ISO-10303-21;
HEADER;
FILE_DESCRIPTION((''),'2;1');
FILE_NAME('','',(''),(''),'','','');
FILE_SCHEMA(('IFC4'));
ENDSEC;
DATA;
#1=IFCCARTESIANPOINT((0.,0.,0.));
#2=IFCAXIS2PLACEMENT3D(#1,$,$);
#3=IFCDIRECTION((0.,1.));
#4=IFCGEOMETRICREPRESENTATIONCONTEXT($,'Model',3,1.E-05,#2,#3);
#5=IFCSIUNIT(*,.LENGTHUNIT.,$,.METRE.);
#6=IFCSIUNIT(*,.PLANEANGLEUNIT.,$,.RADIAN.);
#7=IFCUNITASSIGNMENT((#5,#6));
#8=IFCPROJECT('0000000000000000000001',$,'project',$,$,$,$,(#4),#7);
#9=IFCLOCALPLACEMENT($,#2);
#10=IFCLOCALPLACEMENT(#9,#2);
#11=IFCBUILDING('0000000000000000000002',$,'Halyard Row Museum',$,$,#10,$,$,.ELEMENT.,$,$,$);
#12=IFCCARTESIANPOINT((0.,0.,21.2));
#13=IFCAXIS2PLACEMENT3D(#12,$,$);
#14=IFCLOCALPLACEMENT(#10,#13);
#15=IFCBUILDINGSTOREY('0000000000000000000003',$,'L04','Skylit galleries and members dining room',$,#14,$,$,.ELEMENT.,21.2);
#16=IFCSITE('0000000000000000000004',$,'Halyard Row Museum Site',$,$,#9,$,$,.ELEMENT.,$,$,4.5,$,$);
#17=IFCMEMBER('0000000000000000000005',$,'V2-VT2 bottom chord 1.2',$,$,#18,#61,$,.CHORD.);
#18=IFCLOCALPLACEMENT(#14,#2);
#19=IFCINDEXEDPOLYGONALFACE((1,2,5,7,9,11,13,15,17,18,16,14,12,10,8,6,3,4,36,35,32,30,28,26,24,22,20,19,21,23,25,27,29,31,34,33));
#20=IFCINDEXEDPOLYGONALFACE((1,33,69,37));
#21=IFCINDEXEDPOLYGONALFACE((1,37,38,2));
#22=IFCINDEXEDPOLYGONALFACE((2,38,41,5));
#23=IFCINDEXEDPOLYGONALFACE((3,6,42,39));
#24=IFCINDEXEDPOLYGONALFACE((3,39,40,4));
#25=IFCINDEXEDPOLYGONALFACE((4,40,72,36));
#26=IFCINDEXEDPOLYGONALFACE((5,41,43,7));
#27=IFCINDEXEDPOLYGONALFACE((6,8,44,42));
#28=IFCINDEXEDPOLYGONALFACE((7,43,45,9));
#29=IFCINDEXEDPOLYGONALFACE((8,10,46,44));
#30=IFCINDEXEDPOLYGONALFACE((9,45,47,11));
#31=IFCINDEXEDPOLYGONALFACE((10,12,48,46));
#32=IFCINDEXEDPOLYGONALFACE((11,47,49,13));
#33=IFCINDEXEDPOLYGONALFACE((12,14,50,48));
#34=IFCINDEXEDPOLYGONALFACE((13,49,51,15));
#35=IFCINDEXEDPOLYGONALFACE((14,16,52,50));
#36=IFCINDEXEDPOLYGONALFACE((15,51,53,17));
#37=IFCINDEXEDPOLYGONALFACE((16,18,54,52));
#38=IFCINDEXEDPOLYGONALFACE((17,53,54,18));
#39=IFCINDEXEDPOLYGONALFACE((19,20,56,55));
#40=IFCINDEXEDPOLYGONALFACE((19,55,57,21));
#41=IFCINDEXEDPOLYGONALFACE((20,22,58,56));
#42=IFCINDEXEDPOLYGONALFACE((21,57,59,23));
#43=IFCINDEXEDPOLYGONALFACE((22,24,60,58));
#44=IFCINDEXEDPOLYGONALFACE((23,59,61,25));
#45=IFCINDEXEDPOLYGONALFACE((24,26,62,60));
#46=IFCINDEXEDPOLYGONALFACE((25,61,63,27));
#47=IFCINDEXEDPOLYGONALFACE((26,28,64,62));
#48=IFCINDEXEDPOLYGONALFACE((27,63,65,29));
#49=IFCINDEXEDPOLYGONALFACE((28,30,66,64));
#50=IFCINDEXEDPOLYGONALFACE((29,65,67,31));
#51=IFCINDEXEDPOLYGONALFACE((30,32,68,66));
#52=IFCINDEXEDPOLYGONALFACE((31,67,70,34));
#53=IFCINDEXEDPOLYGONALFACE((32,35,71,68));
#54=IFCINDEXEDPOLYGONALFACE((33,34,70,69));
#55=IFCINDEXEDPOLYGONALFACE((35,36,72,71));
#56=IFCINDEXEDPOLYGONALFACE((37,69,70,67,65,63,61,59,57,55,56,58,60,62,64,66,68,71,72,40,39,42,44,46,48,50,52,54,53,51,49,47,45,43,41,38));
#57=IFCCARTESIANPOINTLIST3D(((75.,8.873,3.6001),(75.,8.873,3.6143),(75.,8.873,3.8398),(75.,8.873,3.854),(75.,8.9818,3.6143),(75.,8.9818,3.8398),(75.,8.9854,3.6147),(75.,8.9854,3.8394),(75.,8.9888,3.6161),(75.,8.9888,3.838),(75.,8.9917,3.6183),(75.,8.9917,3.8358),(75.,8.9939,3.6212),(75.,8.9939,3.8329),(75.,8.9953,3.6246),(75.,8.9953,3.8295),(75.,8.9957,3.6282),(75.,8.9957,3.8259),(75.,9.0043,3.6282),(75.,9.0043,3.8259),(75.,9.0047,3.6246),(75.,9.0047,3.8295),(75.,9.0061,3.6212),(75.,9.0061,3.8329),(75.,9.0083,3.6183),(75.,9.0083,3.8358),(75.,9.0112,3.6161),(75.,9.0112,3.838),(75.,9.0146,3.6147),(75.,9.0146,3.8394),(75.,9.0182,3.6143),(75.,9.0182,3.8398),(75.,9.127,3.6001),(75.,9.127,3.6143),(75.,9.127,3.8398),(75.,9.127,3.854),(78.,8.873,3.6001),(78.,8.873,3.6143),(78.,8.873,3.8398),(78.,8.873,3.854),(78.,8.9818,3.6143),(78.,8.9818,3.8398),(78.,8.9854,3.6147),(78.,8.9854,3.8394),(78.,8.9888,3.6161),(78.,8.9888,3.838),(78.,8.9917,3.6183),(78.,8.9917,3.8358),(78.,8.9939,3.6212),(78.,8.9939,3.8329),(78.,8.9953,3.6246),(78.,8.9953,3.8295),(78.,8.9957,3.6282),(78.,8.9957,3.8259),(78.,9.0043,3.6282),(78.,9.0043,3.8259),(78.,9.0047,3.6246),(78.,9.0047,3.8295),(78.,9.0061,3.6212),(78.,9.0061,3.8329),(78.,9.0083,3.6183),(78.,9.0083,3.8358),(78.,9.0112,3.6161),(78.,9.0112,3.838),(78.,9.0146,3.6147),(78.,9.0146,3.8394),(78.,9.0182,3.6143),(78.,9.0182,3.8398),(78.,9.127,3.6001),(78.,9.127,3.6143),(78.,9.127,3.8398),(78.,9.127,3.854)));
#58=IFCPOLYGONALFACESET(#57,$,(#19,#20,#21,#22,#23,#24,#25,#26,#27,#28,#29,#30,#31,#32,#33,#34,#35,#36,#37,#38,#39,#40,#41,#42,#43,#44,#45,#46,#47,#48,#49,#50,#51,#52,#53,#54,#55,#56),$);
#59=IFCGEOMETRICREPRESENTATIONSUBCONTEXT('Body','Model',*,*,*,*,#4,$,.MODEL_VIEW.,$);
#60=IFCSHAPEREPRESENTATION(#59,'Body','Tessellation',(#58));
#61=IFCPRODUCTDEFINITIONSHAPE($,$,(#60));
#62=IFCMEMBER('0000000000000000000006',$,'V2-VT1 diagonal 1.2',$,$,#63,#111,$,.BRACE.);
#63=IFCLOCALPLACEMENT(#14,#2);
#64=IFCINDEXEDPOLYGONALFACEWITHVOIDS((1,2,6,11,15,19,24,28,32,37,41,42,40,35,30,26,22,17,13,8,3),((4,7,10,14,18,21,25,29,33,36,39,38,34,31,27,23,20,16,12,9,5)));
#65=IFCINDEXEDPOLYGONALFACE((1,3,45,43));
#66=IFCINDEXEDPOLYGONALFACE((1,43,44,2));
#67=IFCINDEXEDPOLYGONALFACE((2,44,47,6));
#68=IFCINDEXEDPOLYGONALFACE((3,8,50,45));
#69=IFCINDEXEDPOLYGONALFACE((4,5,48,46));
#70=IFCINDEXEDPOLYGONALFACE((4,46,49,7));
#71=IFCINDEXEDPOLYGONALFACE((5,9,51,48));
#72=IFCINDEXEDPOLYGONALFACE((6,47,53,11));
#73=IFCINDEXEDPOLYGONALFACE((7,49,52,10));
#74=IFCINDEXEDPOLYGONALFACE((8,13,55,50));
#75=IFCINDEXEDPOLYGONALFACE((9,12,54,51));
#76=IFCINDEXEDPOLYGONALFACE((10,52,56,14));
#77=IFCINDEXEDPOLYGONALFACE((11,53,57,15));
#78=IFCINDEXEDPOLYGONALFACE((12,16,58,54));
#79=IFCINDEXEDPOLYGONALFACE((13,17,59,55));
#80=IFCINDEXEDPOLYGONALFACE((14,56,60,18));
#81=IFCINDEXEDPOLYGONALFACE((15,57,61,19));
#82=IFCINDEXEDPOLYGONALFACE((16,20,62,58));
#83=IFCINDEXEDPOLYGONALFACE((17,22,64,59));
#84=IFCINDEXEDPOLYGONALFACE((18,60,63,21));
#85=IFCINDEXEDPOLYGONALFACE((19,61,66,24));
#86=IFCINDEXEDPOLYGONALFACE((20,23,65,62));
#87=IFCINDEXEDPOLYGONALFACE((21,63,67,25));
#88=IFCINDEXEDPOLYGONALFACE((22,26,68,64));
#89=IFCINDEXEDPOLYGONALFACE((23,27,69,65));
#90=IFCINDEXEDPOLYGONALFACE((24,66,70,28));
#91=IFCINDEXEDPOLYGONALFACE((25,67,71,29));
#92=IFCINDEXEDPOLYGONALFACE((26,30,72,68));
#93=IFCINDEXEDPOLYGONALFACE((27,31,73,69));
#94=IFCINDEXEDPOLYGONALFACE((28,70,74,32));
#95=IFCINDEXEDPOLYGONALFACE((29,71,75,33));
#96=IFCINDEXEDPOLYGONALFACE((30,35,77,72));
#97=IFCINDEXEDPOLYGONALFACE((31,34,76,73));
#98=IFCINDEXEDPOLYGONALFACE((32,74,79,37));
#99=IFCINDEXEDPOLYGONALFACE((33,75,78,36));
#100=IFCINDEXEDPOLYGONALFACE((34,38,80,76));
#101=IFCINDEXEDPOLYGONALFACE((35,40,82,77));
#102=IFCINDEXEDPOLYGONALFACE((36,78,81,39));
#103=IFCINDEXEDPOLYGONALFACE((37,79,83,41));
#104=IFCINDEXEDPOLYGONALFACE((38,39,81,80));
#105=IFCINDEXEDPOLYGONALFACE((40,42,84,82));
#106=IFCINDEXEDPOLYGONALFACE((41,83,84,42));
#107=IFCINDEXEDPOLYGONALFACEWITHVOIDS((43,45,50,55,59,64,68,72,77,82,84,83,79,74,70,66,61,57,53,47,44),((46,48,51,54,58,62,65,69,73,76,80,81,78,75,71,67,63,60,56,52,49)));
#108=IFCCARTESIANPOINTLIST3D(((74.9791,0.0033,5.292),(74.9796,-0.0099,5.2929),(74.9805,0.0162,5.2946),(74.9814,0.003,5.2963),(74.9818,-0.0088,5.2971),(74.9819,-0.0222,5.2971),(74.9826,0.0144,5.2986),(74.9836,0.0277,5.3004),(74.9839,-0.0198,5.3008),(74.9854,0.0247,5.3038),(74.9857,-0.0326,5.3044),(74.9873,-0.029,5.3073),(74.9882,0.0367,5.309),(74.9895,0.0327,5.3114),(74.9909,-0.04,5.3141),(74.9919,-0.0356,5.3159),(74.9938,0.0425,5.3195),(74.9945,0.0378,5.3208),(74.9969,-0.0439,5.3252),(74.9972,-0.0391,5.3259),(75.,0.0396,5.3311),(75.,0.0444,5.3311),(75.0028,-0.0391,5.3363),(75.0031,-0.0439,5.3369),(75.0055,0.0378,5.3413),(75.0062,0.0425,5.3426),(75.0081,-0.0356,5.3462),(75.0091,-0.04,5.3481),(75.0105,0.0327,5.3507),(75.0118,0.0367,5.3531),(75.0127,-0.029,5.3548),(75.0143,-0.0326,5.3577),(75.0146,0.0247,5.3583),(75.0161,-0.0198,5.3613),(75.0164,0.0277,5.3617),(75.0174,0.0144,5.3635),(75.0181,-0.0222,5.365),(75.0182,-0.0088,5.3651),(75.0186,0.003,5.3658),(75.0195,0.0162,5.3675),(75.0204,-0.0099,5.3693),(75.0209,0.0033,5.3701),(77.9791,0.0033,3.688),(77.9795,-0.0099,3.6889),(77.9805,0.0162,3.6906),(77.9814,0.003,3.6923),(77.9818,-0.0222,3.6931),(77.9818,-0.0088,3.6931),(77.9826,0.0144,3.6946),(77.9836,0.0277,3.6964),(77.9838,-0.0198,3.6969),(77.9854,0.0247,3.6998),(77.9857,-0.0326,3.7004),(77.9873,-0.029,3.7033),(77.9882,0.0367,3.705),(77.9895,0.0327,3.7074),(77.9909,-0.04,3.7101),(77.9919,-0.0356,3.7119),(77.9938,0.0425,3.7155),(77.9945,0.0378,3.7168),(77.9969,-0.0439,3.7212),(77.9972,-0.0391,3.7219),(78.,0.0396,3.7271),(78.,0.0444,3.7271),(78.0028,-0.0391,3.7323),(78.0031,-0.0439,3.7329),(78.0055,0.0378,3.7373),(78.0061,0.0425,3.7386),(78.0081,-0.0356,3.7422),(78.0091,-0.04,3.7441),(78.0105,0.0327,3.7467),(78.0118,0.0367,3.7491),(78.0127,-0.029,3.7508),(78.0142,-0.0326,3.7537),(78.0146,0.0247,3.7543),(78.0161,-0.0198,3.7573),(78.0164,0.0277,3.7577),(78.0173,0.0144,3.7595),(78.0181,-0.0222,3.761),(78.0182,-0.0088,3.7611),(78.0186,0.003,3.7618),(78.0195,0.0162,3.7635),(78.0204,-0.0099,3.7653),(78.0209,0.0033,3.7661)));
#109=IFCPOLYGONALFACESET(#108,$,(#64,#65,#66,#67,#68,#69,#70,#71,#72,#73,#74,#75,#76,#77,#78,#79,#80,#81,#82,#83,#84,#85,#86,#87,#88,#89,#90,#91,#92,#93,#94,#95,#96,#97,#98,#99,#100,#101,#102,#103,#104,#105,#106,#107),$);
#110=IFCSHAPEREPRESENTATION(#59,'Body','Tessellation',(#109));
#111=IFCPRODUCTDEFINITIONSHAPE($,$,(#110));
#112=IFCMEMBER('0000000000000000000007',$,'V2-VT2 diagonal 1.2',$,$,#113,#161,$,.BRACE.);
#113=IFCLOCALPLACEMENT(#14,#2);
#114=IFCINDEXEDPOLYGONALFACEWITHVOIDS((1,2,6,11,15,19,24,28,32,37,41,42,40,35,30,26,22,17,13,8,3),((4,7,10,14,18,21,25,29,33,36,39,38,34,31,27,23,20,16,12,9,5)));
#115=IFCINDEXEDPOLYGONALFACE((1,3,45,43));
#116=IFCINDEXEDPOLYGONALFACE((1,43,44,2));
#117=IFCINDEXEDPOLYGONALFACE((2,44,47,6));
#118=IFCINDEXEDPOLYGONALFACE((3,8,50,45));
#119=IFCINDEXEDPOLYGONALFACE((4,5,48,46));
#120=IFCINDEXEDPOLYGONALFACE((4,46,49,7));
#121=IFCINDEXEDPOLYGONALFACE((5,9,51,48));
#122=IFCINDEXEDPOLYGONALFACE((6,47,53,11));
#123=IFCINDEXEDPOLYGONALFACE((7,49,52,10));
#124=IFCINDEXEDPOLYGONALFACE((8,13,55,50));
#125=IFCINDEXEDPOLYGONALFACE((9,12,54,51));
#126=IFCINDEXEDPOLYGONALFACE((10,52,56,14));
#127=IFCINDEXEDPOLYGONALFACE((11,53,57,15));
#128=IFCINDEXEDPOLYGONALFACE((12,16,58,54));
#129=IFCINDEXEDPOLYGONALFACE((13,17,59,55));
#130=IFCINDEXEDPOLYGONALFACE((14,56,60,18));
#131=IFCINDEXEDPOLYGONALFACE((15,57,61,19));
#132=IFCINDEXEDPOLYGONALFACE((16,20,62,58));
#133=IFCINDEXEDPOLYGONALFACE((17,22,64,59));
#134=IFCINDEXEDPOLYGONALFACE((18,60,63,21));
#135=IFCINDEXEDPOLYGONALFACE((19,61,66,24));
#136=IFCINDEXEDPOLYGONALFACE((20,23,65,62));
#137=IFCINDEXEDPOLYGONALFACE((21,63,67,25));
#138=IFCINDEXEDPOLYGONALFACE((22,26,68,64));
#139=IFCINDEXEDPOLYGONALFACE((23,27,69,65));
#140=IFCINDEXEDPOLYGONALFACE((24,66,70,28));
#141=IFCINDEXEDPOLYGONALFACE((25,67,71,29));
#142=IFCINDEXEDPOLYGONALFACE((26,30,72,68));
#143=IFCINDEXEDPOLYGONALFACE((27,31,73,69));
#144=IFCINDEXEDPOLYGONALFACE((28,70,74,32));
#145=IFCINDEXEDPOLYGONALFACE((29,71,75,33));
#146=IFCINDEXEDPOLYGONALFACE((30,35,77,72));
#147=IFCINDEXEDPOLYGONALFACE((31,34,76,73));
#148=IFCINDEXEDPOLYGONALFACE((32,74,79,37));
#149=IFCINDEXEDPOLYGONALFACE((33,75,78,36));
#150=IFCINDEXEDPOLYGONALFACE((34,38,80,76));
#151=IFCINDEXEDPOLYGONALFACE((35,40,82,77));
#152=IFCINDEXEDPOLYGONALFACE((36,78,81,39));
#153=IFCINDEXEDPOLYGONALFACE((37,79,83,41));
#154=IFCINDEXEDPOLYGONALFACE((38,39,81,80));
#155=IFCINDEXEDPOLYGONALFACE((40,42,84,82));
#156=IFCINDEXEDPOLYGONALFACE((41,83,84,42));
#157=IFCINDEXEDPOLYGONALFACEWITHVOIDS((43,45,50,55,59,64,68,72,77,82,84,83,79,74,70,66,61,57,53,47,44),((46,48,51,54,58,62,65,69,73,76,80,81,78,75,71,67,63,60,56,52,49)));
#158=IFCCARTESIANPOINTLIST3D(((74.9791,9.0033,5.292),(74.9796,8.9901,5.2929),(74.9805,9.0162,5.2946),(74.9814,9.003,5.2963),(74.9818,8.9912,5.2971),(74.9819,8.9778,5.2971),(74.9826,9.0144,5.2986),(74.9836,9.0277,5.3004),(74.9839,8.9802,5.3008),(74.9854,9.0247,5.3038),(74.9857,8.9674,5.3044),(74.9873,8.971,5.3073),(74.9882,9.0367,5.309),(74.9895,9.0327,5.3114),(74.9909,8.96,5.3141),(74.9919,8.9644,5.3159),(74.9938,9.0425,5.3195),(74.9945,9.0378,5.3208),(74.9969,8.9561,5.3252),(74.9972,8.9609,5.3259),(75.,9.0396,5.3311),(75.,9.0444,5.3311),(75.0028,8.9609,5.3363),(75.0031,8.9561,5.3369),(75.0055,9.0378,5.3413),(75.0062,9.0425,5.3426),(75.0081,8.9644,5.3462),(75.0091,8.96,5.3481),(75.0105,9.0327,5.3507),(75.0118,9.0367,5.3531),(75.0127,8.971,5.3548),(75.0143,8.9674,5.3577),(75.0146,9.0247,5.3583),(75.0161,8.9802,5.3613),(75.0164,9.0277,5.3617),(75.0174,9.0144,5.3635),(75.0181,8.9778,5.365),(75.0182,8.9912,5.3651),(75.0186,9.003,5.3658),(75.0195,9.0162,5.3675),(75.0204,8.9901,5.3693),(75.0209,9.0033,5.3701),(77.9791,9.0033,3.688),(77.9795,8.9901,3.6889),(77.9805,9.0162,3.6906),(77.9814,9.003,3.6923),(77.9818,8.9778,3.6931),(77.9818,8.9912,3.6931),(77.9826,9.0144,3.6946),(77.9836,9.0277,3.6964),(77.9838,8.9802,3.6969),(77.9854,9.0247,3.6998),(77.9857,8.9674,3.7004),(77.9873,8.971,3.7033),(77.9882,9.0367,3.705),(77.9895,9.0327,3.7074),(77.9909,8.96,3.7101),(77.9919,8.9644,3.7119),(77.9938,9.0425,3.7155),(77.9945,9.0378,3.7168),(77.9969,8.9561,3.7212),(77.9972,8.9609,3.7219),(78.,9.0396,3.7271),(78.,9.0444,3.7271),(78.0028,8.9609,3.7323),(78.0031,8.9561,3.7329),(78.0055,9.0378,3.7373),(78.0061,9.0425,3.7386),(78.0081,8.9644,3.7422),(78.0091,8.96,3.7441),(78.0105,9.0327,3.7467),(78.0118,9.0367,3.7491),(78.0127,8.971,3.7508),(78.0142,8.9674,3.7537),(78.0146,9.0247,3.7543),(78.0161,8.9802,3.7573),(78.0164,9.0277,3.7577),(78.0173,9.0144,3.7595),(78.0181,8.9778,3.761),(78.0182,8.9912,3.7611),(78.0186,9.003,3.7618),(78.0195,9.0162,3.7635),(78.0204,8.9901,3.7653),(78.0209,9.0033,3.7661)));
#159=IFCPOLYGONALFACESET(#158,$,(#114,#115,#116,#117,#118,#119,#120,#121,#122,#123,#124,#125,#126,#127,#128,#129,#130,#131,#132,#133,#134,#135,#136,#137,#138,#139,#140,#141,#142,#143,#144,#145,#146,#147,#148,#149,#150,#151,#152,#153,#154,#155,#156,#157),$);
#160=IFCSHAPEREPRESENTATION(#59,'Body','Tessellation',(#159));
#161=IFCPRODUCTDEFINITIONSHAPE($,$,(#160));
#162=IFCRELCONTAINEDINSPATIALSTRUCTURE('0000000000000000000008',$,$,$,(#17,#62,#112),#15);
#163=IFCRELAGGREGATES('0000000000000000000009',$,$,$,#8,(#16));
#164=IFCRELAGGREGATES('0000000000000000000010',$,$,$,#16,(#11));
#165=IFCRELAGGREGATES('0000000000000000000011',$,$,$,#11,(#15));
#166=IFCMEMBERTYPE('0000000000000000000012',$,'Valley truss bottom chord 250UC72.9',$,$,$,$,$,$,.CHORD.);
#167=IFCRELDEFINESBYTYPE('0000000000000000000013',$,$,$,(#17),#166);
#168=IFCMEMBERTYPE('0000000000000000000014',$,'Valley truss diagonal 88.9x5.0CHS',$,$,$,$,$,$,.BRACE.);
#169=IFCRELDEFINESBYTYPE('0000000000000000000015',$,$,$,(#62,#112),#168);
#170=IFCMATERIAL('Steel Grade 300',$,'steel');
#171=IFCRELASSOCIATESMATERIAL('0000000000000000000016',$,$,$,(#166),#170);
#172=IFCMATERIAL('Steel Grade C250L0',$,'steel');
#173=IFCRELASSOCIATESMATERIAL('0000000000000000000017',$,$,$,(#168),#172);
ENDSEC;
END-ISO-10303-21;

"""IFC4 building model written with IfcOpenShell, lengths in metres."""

from ifc_helpers import new_model, si_unit, direction, frame, origin, origin_2d, place, context, subcontext, project, spatial, hollow_circle, i_section, extrude, material, material_profile, profile_set, type_object, element, save


model = new_model("IFC4")

# Units and contexts
model_context = context("Model", 3, precision=1e-05, world=origin(), true_north=direction((0.0, 1.0)))
body_context = subcontext(model_context, "Body", "Model", "MODEL_VIEW")
ifc_project = project(units=[si_unit("LENGTHUNIT", "METRE"), si_unit("PLANEANGLEUNIT", "RADIAN")], contexts=[model_context])

# Site, building, storey
site_placement = place(None, origin())
site = spatial("IfcSite", under=ifc_project, at=site_placement, Name="Halyard Row Museum Site", CompositionType="ELEMENT", RefElevation=4.5)
building_placement = place(site_placement, origin())
building = spatial("IfcBuilding", under=site, at=building_placement, Name="Halyard Row Museum", CompositionType="ELEMENT")
storey_placement = place(building_placement, frame((0.0, 0.0, 21.2)))
storey = spatial("IfcBuildingStorey", under=building, at=storey_placement, Name="L04", Description="Skylit galleries and members dining room", CompositionType="ELEMENT", Elevation=21.2)

# Members
ifc_material_1 = material(Name="Steel Grade 300", Category="steel")
ifc_material_profile_1 = material_profile(ifc_material_1, i_section(OverallWidth=0.2539, OverallDepth=0.2539, WebThickness=0.0085, FlangeThickness=0.0142, FilletRadius=0.0139, at=origin_2d()), Name="250UC72.9")
ifc_profile_set_1 = profile_set([ifc_material_profile_1], Name="Steel Grade 300")
member_type_1 = type_object("IfcMemberType", Name="Valley truss bottom chord 250UC72.9", PredefinedType="CHORD", material=ifc_profile_set_1)
for number, where, z_axis, x_axis, name in (
    (1, (75.0, 9.0, 3.7271), (1.0, 0.0, 0.0), (0.0, 1.0, 0.0), "V2-VT2 bottom chord 1.2"),
):
    element("IfcMember", number, at=place(storey_placement, frame(where, z_axis=z_axis, x_axis=x_axis)), inside=storey, type_object=member_type_1, Name=name, PredefinedType="CHORD", context=body_context, shape_type="SweptSolid", body=[
        extrude(i_section(OverallWidth=0.2539, OverallDepth=0.2539, WebThickness=0.0085, FlangeThickness=0.0142, FilletRadius=0.0139, at=origin_2d()), origin(), (0.0, 0.0, 1.0), 3.0),
    ])
ifc_material_2 = material(Name="Steel Grade C250L0", Category="steel")
ifc_material_profile_2 = material_profile(ifc_material_2, hollow_circle(Radius=0.0444, WallThickness=0.0049, at=origin_2d()), Name="88.9x5.0CHS")
ifc_profile_set_2 = profile_set([ifc_material_profile_2], Name="Steel Grade C250L0")
member_type_2 = type_object("IfcMemberType", Name="Valley truss diagonal 88.9x5.0CHS", PredefinedType="BRACE", material=ifc_profile_set_2)
for number, where, z_axis, x_axis, name in (
    (2, (75.0, 0.0, 5.3311), (0.881864, 0.0, -0.471504), (0.0, 1.0, 0.0), "V2-VT1 diagonal 1.2"),
    (3, (75.0, 9.0, 5.3311), (0.881864, 0.0, -0.471504), (0.0, 1.0, 0.0), "V2-VT2 diagonal 1.2"),
):
    element("IfcMember", number, at=place(storey_placement, frame(where, z_axis=z_axis, x_axis=x_axis)), inside=storey, type_object=member_type_2, Name=name, PredefinedType="BRACE", context=body_context, shape_type="SweptSolid", body=[
        extrude(hollow_circle(Radius=0.0444, WallThickness=0.0049, at=origin_2d()), origin(), (0.0, 0.0, 1.0), 3.4019),
    ])

save(model, "model.ifc")
